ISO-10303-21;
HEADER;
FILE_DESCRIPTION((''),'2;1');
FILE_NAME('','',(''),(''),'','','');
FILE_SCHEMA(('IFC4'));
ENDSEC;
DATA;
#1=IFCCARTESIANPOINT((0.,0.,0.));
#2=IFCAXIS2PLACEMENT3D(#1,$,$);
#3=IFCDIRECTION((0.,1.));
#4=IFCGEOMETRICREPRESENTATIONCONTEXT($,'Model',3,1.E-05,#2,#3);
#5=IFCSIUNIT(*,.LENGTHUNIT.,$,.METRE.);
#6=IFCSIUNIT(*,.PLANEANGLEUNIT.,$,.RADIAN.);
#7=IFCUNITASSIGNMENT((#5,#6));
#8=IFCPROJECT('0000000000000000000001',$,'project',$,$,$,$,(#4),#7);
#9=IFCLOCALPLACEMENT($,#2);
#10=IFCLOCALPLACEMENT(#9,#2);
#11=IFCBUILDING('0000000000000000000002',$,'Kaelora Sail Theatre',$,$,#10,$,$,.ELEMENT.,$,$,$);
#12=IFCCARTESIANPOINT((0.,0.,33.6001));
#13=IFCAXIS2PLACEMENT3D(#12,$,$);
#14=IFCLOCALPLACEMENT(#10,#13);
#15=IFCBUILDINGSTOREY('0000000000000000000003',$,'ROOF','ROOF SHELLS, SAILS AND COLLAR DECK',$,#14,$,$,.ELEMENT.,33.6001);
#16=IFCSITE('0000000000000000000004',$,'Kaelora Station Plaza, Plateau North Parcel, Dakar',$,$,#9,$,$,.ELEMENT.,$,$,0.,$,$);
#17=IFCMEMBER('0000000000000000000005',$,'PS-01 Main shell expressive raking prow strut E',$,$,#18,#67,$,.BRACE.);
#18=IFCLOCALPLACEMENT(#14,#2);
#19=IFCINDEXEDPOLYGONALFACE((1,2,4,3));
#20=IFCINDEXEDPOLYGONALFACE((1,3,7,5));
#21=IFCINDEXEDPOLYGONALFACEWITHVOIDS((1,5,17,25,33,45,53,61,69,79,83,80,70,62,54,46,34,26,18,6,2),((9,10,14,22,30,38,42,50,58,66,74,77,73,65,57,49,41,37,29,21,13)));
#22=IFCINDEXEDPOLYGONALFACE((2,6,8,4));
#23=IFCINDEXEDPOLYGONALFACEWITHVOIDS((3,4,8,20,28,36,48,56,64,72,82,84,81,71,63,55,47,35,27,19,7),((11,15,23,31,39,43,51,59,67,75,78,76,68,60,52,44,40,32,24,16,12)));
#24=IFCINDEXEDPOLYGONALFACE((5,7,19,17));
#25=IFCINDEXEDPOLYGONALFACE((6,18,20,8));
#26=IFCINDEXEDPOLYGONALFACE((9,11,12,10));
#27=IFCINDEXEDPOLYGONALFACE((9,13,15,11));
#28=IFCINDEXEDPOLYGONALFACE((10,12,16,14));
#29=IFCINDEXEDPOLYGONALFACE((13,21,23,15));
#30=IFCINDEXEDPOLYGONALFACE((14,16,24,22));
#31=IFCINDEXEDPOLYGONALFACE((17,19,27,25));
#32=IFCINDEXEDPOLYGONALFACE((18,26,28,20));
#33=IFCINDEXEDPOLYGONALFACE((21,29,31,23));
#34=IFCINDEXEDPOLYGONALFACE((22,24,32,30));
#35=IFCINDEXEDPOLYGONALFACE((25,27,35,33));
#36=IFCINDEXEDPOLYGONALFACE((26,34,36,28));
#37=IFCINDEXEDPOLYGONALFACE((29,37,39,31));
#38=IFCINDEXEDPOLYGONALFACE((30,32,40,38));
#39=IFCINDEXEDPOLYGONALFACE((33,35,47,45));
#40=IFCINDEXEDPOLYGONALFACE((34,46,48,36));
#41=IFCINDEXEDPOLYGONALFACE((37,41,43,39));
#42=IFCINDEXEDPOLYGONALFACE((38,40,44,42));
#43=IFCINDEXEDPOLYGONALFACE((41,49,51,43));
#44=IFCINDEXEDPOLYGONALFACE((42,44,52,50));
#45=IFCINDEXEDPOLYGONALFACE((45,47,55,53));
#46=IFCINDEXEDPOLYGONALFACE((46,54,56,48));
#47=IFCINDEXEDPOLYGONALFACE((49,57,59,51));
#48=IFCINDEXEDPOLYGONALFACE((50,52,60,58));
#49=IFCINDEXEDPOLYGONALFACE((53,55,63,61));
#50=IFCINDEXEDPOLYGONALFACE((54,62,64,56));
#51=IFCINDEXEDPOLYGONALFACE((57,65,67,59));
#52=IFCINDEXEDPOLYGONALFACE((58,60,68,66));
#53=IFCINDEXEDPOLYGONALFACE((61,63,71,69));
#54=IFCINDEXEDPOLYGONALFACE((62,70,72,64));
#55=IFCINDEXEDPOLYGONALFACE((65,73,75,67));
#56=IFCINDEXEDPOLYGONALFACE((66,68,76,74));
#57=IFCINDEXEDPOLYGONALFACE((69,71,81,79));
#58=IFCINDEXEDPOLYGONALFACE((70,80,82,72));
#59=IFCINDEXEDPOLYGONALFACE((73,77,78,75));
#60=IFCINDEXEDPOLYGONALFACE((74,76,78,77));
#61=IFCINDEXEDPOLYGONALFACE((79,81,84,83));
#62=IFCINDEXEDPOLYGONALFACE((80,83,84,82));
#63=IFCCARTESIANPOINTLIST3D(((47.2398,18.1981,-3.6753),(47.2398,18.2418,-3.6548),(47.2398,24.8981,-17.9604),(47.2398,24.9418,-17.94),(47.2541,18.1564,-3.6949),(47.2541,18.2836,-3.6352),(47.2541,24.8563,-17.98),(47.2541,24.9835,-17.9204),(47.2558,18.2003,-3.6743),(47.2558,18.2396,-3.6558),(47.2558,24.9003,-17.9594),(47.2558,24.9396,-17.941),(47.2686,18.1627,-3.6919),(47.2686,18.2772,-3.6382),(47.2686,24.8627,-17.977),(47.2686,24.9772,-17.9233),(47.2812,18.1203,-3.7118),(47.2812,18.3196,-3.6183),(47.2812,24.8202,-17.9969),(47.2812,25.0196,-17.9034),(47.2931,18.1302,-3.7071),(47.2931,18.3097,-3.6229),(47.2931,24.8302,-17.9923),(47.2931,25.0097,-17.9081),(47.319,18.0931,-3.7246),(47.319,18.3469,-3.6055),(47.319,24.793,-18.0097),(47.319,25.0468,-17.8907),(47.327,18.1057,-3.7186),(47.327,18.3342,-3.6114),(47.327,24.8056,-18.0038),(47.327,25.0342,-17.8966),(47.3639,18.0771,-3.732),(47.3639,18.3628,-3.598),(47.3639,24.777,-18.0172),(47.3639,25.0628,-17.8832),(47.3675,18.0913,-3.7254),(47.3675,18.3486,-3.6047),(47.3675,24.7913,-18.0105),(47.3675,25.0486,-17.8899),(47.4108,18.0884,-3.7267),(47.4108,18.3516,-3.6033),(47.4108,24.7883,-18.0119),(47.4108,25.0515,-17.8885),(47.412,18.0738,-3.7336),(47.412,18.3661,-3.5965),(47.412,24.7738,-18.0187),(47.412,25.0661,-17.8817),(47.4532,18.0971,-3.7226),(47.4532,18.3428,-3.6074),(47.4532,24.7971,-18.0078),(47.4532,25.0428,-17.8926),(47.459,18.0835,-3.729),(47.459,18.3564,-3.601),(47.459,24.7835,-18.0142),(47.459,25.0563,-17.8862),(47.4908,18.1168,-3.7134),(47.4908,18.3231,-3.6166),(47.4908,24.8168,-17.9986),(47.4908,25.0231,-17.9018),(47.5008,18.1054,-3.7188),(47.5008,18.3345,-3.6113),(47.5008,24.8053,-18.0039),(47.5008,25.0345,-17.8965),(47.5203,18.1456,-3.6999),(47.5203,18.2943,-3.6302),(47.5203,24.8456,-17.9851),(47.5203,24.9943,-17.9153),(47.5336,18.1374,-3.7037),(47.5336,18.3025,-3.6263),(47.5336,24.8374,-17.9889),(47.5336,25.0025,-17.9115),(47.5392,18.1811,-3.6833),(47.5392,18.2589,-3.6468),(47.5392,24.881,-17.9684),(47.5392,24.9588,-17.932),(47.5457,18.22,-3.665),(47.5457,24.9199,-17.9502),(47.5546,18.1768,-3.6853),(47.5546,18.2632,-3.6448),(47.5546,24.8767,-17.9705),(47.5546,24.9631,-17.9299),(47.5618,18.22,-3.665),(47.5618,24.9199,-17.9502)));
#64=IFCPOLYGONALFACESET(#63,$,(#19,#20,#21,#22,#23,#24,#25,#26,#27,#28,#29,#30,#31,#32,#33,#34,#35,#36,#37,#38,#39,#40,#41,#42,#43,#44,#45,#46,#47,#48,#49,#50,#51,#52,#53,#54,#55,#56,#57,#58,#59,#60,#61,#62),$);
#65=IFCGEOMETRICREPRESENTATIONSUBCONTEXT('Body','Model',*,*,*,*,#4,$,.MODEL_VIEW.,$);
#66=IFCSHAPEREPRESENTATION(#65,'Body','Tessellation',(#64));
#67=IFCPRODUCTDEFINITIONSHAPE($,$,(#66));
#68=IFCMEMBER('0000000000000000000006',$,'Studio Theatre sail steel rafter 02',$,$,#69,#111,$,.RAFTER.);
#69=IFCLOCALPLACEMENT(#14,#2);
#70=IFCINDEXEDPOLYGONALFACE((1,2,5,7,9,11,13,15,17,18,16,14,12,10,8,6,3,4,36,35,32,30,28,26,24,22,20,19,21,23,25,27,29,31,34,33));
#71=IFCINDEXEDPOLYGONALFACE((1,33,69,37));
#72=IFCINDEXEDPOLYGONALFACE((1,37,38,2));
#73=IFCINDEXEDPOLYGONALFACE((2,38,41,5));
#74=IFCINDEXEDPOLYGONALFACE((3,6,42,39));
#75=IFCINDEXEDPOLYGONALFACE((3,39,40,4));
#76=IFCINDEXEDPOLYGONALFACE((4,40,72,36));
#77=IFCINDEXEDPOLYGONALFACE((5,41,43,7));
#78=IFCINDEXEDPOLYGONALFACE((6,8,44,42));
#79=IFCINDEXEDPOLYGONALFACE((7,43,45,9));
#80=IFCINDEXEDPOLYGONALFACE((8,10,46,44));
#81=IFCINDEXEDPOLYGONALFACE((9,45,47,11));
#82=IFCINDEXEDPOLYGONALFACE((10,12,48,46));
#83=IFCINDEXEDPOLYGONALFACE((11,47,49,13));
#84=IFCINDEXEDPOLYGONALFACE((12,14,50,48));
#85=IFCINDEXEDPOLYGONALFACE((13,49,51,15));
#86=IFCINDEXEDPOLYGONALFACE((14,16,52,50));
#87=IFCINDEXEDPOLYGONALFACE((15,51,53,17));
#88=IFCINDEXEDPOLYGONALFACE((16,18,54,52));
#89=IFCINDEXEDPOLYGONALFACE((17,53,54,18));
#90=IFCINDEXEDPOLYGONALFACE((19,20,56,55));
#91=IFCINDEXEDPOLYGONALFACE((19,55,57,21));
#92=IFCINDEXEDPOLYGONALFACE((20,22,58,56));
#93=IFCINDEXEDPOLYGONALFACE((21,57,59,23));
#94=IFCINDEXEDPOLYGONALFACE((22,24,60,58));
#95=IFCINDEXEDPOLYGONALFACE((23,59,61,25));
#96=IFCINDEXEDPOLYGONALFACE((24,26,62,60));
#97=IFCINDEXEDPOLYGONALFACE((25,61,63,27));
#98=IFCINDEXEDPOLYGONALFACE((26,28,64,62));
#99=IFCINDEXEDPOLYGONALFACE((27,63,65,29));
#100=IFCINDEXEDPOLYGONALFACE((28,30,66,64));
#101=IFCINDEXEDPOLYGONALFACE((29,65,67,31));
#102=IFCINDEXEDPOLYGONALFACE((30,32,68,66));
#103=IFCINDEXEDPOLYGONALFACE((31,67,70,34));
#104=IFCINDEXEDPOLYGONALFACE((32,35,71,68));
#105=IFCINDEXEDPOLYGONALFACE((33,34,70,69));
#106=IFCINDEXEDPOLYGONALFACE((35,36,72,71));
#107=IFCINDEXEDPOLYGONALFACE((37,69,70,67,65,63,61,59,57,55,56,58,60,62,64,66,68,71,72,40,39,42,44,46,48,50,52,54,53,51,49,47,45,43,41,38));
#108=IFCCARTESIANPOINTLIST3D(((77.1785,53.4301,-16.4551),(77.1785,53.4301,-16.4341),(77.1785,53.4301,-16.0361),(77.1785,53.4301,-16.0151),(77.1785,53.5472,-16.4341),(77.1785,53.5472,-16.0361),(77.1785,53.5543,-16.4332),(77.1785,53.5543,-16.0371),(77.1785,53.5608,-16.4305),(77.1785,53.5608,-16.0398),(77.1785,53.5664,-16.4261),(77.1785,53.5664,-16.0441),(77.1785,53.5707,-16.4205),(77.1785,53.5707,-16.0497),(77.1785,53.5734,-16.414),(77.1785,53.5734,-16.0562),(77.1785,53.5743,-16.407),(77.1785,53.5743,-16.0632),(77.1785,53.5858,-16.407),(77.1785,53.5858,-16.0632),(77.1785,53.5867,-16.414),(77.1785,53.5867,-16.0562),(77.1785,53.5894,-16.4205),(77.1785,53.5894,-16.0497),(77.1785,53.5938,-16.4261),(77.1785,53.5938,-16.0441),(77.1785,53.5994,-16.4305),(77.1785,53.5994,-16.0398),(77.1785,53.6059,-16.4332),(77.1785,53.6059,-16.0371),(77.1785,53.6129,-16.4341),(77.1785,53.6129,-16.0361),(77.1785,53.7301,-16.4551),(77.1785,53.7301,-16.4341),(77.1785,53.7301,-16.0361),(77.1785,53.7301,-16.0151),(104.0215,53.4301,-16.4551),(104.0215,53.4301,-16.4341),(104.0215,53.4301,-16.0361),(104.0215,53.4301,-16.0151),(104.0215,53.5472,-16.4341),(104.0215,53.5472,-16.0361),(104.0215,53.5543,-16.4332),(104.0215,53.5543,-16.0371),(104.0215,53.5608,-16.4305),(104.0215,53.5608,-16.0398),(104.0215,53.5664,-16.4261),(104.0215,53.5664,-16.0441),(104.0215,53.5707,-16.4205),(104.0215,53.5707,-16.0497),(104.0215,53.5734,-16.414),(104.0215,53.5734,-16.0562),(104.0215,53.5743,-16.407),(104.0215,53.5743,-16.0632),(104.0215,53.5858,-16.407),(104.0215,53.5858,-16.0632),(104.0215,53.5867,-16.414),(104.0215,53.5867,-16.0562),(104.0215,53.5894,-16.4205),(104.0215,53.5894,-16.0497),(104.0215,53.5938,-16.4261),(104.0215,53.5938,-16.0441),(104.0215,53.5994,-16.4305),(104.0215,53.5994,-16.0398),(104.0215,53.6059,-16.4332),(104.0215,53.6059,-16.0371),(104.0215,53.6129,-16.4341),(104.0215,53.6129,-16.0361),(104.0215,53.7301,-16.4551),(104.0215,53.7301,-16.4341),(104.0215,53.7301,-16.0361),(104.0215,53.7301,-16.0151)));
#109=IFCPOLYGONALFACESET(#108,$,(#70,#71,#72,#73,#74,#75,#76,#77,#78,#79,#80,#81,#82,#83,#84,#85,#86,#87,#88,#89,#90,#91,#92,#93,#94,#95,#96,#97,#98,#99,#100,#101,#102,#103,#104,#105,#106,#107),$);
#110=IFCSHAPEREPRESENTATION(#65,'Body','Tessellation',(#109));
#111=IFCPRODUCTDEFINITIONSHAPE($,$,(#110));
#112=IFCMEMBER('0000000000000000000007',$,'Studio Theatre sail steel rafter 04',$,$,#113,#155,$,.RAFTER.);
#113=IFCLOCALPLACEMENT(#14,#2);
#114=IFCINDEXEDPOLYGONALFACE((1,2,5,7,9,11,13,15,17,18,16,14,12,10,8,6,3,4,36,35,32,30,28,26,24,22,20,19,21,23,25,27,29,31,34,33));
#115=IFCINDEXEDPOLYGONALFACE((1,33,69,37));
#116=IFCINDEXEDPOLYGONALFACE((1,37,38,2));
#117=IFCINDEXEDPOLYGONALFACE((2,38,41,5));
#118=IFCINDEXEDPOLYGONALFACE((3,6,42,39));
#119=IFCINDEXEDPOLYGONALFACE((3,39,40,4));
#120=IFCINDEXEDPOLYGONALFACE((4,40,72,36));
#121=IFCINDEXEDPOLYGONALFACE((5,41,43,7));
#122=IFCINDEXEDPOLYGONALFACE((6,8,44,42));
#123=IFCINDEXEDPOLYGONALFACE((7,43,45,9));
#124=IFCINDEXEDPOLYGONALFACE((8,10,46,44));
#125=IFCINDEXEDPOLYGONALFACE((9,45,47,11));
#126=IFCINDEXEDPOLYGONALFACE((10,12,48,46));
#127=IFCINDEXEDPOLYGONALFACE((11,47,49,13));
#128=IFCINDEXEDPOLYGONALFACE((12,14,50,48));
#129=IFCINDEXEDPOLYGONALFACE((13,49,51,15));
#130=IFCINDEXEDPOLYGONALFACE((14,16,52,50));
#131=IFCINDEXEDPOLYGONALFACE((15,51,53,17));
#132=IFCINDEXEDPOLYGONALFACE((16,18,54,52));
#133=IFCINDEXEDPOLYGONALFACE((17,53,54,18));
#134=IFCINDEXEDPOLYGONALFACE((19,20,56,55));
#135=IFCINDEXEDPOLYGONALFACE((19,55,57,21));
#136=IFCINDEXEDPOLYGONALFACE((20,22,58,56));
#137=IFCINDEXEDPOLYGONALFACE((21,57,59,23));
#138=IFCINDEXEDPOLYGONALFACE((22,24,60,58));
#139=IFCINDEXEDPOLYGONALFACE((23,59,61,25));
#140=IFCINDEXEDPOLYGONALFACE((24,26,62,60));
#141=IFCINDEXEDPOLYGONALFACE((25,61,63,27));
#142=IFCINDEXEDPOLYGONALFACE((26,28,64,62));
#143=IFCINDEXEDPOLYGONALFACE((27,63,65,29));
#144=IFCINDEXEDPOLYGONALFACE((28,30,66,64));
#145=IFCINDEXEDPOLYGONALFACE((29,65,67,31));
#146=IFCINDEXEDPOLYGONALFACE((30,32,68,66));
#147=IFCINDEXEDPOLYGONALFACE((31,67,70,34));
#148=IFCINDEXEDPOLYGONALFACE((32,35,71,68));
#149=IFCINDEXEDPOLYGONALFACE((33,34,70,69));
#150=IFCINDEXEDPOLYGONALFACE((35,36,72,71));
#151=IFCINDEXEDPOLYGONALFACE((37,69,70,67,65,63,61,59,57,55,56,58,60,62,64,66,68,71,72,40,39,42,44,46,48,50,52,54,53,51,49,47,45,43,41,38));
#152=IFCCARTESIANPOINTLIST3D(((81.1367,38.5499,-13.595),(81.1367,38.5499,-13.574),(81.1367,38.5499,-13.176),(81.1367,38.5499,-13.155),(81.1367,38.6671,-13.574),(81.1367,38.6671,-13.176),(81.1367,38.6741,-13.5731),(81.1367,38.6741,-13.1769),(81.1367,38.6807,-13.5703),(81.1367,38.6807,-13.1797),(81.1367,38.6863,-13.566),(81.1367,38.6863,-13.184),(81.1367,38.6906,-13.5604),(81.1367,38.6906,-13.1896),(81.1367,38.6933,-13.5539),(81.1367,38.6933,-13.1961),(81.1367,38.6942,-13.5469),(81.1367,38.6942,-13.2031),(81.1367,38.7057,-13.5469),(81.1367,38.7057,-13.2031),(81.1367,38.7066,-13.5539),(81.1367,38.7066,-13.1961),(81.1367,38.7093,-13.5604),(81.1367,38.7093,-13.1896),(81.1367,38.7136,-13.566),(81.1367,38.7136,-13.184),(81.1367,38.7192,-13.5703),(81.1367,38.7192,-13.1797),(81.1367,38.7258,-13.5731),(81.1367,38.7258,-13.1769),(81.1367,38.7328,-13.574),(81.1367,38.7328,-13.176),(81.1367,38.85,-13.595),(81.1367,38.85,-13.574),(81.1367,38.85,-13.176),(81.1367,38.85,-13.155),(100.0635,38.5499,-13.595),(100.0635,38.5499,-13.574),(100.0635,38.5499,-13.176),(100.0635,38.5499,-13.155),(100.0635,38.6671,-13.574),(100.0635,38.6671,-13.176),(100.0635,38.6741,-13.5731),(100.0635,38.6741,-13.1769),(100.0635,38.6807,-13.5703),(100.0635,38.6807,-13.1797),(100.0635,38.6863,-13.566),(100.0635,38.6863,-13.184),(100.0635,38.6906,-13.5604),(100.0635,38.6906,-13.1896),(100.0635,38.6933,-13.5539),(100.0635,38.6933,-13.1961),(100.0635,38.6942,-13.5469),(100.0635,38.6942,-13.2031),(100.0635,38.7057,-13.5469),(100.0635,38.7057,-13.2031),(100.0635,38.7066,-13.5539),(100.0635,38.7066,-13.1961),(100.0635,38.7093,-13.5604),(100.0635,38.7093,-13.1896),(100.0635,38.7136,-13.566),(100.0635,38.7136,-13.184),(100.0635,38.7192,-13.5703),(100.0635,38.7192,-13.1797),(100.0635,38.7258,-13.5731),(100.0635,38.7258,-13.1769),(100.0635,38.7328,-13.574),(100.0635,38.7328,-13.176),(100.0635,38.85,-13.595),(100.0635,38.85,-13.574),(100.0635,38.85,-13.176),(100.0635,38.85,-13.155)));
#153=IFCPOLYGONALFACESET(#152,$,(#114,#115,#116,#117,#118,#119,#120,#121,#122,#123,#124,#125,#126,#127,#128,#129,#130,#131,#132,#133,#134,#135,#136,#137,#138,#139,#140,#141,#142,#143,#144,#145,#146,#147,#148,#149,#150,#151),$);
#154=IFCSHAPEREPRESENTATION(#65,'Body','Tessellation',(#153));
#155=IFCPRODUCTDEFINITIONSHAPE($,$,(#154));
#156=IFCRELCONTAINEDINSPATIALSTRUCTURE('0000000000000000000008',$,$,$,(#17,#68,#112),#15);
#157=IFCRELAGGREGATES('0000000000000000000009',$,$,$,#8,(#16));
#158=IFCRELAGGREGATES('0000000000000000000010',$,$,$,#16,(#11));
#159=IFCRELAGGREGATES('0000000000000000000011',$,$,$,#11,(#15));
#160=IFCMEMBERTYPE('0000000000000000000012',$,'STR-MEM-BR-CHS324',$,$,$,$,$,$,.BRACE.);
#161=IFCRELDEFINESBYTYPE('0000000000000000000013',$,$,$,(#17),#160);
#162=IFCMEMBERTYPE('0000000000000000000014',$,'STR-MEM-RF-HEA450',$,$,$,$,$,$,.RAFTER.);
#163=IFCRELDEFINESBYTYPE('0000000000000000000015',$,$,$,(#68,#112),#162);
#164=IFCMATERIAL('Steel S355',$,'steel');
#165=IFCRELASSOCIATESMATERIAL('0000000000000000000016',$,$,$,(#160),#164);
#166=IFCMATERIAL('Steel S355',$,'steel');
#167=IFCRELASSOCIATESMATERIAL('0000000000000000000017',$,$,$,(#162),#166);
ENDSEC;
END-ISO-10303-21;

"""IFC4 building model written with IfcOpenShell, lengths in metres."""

from ifc_helpers import new_model, si_unit, direction, frame, origin, origin_2d, place, context, subcontext, project, spatial, hollow_circle, i_section, extrude, material, material_profile, profile_set, type_object, element, save


model = new_model("IFC4")

# Units and contexts
model_context = context("Model", 3, precision=1e-05, world=origin(), true_north=direction((0.0, 1.0)))
body_context = subcontext(model_context, "Body", "Model", "MODEL_VIEW")
ifc_project = project(units=[si_unit("LENGTHUNIT", "METRE"), si_unit("PLANEANGLEUNIT", "RADIAN")], contexts=[model_context])

# Site, building, storey
site_placement = place(None, origin())
site = spatial("IfcSite", under=ifc_project, at=site_placement, Name="Kaelora Station Plaza, Plateau North Parcel, Dakar", CompositionType="ELEMENT", RefElevation=0.0)
building_placement = place(site_placement, origin())
building = spatial("IfcBuilding", under=site, at=building_placement, Name="Kaelora Sail Theatre", CompositionType="ELEMENT")
storey_placement = place(building_placement, frame((0.0, 0.0, 33.6001)))
storey = spatial("IfcBuildingStorey", under=building, at=storey_placement, Name="ROOF", Description="ROOF SHELLS, SAILS AND COLLAR DECK", CompositionType="ELEMENT", Elevation=33.6001)

# Members
ifc_material_1 = material(Name="Steel S355", Category="steel")
ifc_material_profile_1 = material_profile(ifc_material_1, hollow_circle(Radius=0.1619, WallThickness=0.0161, at=origin_2d()), Name="CHS 323.9x16.0")
ifc_profile_set_1 = profile_set([ifc_material_profile_1], Name="Steel S355")
member_type_1 = type_object("IfcMemberType", Name="STR-MEM-BR-CHS324", PredefinedType="BRACE", material=ifc_profile_set_1)
member_1_placement = place(storey_placement, frame((47.3999, 24.9199, -17.9502), z_axis=(0.0, -0.42463, 0.905367), x_axis=(1.0, 0.0, 0.0)))
element("IfcMember", 1, at=member_1_placement, inside=storey, type_object=member_type_1, Name="PS-01 Main shell expressive raking prow strut E", PredefinedType="BRACE", context=body_context, shape_type="SweptSolid", body=[
    extrude(hollow_circle(Radius=0.1619, WallThickness=0.0161, at=origin_2d()), origin(), (0.0, 0.0, 1.0), 15.7783),
])
ifc_material_2 = material(Name="Steel S355", Category="steel")
ifc_material_profile_2 = material_profile(ifc_material_2, i_section(OverallWidth=0.3, OverallDepth=0.4399, WebThickness=0.0115, FlangeThickness=0.021, FilletRadius=0.0271, at=origin_2d()), Name="HEA 450")
ifc_profile_set_2 = profile_set([ifc_material_profile_2], Name="Steel S355")
member_type_2 = type_object("IfcMemberType", Name="STR-MEM-RF-HEA450", PredefinedType="RAFTER", material=ifc_profile_set_2)
member_2_placement = place(storey_placement, frame((77.1785, 53.5801, -16.2351), z_axis=(1.0, 0.0, 0.0), x_axis=(0.0, 1.0, 0.0)))
element("IfcMember", 2, at=member_2_placement, inside=storey, type_object=member_type_2, Name="Studio Theatre sail steel rafter 02", PredefinedType="RAFTER", context=body_context, shape_type="SweptSolid", body=[
    extrude(i_section(OverallWidth=0.3, OverallDepth=0.4399, WebThickness=0.0115, FlangeThickness=0.021, FilletRadius=0.0271, at=origin_2d()), origin(), (0.0, 0.0, 1.0), 26.843),
])
member_3_placement = place(storey_placement, frame((81.1367, 38.7, -13.375), z_axis=(1.0, 0.0, 0.0), x_axis=(0.0, 1.0, 0.0)))
element("IfcMember", 3, at=member_3_placement, inside=storey, type_object=member_type_2, Name="Studio Theatre sail steel rafter 04", PredefinedType="RAFTER", context=body_context, shape_type="SweptSolid", body=[
    extrude(i_section(OverallWidth=0.3, OverallDepth=0.4399, WebThickness=0.0115, FlangeThickness=0.021, FilletRadius=0.0271, at=origin_2d()), origin(), (0.0, 0.0, 1.0), 18.9268),
])

save(model, "model.ifc")
